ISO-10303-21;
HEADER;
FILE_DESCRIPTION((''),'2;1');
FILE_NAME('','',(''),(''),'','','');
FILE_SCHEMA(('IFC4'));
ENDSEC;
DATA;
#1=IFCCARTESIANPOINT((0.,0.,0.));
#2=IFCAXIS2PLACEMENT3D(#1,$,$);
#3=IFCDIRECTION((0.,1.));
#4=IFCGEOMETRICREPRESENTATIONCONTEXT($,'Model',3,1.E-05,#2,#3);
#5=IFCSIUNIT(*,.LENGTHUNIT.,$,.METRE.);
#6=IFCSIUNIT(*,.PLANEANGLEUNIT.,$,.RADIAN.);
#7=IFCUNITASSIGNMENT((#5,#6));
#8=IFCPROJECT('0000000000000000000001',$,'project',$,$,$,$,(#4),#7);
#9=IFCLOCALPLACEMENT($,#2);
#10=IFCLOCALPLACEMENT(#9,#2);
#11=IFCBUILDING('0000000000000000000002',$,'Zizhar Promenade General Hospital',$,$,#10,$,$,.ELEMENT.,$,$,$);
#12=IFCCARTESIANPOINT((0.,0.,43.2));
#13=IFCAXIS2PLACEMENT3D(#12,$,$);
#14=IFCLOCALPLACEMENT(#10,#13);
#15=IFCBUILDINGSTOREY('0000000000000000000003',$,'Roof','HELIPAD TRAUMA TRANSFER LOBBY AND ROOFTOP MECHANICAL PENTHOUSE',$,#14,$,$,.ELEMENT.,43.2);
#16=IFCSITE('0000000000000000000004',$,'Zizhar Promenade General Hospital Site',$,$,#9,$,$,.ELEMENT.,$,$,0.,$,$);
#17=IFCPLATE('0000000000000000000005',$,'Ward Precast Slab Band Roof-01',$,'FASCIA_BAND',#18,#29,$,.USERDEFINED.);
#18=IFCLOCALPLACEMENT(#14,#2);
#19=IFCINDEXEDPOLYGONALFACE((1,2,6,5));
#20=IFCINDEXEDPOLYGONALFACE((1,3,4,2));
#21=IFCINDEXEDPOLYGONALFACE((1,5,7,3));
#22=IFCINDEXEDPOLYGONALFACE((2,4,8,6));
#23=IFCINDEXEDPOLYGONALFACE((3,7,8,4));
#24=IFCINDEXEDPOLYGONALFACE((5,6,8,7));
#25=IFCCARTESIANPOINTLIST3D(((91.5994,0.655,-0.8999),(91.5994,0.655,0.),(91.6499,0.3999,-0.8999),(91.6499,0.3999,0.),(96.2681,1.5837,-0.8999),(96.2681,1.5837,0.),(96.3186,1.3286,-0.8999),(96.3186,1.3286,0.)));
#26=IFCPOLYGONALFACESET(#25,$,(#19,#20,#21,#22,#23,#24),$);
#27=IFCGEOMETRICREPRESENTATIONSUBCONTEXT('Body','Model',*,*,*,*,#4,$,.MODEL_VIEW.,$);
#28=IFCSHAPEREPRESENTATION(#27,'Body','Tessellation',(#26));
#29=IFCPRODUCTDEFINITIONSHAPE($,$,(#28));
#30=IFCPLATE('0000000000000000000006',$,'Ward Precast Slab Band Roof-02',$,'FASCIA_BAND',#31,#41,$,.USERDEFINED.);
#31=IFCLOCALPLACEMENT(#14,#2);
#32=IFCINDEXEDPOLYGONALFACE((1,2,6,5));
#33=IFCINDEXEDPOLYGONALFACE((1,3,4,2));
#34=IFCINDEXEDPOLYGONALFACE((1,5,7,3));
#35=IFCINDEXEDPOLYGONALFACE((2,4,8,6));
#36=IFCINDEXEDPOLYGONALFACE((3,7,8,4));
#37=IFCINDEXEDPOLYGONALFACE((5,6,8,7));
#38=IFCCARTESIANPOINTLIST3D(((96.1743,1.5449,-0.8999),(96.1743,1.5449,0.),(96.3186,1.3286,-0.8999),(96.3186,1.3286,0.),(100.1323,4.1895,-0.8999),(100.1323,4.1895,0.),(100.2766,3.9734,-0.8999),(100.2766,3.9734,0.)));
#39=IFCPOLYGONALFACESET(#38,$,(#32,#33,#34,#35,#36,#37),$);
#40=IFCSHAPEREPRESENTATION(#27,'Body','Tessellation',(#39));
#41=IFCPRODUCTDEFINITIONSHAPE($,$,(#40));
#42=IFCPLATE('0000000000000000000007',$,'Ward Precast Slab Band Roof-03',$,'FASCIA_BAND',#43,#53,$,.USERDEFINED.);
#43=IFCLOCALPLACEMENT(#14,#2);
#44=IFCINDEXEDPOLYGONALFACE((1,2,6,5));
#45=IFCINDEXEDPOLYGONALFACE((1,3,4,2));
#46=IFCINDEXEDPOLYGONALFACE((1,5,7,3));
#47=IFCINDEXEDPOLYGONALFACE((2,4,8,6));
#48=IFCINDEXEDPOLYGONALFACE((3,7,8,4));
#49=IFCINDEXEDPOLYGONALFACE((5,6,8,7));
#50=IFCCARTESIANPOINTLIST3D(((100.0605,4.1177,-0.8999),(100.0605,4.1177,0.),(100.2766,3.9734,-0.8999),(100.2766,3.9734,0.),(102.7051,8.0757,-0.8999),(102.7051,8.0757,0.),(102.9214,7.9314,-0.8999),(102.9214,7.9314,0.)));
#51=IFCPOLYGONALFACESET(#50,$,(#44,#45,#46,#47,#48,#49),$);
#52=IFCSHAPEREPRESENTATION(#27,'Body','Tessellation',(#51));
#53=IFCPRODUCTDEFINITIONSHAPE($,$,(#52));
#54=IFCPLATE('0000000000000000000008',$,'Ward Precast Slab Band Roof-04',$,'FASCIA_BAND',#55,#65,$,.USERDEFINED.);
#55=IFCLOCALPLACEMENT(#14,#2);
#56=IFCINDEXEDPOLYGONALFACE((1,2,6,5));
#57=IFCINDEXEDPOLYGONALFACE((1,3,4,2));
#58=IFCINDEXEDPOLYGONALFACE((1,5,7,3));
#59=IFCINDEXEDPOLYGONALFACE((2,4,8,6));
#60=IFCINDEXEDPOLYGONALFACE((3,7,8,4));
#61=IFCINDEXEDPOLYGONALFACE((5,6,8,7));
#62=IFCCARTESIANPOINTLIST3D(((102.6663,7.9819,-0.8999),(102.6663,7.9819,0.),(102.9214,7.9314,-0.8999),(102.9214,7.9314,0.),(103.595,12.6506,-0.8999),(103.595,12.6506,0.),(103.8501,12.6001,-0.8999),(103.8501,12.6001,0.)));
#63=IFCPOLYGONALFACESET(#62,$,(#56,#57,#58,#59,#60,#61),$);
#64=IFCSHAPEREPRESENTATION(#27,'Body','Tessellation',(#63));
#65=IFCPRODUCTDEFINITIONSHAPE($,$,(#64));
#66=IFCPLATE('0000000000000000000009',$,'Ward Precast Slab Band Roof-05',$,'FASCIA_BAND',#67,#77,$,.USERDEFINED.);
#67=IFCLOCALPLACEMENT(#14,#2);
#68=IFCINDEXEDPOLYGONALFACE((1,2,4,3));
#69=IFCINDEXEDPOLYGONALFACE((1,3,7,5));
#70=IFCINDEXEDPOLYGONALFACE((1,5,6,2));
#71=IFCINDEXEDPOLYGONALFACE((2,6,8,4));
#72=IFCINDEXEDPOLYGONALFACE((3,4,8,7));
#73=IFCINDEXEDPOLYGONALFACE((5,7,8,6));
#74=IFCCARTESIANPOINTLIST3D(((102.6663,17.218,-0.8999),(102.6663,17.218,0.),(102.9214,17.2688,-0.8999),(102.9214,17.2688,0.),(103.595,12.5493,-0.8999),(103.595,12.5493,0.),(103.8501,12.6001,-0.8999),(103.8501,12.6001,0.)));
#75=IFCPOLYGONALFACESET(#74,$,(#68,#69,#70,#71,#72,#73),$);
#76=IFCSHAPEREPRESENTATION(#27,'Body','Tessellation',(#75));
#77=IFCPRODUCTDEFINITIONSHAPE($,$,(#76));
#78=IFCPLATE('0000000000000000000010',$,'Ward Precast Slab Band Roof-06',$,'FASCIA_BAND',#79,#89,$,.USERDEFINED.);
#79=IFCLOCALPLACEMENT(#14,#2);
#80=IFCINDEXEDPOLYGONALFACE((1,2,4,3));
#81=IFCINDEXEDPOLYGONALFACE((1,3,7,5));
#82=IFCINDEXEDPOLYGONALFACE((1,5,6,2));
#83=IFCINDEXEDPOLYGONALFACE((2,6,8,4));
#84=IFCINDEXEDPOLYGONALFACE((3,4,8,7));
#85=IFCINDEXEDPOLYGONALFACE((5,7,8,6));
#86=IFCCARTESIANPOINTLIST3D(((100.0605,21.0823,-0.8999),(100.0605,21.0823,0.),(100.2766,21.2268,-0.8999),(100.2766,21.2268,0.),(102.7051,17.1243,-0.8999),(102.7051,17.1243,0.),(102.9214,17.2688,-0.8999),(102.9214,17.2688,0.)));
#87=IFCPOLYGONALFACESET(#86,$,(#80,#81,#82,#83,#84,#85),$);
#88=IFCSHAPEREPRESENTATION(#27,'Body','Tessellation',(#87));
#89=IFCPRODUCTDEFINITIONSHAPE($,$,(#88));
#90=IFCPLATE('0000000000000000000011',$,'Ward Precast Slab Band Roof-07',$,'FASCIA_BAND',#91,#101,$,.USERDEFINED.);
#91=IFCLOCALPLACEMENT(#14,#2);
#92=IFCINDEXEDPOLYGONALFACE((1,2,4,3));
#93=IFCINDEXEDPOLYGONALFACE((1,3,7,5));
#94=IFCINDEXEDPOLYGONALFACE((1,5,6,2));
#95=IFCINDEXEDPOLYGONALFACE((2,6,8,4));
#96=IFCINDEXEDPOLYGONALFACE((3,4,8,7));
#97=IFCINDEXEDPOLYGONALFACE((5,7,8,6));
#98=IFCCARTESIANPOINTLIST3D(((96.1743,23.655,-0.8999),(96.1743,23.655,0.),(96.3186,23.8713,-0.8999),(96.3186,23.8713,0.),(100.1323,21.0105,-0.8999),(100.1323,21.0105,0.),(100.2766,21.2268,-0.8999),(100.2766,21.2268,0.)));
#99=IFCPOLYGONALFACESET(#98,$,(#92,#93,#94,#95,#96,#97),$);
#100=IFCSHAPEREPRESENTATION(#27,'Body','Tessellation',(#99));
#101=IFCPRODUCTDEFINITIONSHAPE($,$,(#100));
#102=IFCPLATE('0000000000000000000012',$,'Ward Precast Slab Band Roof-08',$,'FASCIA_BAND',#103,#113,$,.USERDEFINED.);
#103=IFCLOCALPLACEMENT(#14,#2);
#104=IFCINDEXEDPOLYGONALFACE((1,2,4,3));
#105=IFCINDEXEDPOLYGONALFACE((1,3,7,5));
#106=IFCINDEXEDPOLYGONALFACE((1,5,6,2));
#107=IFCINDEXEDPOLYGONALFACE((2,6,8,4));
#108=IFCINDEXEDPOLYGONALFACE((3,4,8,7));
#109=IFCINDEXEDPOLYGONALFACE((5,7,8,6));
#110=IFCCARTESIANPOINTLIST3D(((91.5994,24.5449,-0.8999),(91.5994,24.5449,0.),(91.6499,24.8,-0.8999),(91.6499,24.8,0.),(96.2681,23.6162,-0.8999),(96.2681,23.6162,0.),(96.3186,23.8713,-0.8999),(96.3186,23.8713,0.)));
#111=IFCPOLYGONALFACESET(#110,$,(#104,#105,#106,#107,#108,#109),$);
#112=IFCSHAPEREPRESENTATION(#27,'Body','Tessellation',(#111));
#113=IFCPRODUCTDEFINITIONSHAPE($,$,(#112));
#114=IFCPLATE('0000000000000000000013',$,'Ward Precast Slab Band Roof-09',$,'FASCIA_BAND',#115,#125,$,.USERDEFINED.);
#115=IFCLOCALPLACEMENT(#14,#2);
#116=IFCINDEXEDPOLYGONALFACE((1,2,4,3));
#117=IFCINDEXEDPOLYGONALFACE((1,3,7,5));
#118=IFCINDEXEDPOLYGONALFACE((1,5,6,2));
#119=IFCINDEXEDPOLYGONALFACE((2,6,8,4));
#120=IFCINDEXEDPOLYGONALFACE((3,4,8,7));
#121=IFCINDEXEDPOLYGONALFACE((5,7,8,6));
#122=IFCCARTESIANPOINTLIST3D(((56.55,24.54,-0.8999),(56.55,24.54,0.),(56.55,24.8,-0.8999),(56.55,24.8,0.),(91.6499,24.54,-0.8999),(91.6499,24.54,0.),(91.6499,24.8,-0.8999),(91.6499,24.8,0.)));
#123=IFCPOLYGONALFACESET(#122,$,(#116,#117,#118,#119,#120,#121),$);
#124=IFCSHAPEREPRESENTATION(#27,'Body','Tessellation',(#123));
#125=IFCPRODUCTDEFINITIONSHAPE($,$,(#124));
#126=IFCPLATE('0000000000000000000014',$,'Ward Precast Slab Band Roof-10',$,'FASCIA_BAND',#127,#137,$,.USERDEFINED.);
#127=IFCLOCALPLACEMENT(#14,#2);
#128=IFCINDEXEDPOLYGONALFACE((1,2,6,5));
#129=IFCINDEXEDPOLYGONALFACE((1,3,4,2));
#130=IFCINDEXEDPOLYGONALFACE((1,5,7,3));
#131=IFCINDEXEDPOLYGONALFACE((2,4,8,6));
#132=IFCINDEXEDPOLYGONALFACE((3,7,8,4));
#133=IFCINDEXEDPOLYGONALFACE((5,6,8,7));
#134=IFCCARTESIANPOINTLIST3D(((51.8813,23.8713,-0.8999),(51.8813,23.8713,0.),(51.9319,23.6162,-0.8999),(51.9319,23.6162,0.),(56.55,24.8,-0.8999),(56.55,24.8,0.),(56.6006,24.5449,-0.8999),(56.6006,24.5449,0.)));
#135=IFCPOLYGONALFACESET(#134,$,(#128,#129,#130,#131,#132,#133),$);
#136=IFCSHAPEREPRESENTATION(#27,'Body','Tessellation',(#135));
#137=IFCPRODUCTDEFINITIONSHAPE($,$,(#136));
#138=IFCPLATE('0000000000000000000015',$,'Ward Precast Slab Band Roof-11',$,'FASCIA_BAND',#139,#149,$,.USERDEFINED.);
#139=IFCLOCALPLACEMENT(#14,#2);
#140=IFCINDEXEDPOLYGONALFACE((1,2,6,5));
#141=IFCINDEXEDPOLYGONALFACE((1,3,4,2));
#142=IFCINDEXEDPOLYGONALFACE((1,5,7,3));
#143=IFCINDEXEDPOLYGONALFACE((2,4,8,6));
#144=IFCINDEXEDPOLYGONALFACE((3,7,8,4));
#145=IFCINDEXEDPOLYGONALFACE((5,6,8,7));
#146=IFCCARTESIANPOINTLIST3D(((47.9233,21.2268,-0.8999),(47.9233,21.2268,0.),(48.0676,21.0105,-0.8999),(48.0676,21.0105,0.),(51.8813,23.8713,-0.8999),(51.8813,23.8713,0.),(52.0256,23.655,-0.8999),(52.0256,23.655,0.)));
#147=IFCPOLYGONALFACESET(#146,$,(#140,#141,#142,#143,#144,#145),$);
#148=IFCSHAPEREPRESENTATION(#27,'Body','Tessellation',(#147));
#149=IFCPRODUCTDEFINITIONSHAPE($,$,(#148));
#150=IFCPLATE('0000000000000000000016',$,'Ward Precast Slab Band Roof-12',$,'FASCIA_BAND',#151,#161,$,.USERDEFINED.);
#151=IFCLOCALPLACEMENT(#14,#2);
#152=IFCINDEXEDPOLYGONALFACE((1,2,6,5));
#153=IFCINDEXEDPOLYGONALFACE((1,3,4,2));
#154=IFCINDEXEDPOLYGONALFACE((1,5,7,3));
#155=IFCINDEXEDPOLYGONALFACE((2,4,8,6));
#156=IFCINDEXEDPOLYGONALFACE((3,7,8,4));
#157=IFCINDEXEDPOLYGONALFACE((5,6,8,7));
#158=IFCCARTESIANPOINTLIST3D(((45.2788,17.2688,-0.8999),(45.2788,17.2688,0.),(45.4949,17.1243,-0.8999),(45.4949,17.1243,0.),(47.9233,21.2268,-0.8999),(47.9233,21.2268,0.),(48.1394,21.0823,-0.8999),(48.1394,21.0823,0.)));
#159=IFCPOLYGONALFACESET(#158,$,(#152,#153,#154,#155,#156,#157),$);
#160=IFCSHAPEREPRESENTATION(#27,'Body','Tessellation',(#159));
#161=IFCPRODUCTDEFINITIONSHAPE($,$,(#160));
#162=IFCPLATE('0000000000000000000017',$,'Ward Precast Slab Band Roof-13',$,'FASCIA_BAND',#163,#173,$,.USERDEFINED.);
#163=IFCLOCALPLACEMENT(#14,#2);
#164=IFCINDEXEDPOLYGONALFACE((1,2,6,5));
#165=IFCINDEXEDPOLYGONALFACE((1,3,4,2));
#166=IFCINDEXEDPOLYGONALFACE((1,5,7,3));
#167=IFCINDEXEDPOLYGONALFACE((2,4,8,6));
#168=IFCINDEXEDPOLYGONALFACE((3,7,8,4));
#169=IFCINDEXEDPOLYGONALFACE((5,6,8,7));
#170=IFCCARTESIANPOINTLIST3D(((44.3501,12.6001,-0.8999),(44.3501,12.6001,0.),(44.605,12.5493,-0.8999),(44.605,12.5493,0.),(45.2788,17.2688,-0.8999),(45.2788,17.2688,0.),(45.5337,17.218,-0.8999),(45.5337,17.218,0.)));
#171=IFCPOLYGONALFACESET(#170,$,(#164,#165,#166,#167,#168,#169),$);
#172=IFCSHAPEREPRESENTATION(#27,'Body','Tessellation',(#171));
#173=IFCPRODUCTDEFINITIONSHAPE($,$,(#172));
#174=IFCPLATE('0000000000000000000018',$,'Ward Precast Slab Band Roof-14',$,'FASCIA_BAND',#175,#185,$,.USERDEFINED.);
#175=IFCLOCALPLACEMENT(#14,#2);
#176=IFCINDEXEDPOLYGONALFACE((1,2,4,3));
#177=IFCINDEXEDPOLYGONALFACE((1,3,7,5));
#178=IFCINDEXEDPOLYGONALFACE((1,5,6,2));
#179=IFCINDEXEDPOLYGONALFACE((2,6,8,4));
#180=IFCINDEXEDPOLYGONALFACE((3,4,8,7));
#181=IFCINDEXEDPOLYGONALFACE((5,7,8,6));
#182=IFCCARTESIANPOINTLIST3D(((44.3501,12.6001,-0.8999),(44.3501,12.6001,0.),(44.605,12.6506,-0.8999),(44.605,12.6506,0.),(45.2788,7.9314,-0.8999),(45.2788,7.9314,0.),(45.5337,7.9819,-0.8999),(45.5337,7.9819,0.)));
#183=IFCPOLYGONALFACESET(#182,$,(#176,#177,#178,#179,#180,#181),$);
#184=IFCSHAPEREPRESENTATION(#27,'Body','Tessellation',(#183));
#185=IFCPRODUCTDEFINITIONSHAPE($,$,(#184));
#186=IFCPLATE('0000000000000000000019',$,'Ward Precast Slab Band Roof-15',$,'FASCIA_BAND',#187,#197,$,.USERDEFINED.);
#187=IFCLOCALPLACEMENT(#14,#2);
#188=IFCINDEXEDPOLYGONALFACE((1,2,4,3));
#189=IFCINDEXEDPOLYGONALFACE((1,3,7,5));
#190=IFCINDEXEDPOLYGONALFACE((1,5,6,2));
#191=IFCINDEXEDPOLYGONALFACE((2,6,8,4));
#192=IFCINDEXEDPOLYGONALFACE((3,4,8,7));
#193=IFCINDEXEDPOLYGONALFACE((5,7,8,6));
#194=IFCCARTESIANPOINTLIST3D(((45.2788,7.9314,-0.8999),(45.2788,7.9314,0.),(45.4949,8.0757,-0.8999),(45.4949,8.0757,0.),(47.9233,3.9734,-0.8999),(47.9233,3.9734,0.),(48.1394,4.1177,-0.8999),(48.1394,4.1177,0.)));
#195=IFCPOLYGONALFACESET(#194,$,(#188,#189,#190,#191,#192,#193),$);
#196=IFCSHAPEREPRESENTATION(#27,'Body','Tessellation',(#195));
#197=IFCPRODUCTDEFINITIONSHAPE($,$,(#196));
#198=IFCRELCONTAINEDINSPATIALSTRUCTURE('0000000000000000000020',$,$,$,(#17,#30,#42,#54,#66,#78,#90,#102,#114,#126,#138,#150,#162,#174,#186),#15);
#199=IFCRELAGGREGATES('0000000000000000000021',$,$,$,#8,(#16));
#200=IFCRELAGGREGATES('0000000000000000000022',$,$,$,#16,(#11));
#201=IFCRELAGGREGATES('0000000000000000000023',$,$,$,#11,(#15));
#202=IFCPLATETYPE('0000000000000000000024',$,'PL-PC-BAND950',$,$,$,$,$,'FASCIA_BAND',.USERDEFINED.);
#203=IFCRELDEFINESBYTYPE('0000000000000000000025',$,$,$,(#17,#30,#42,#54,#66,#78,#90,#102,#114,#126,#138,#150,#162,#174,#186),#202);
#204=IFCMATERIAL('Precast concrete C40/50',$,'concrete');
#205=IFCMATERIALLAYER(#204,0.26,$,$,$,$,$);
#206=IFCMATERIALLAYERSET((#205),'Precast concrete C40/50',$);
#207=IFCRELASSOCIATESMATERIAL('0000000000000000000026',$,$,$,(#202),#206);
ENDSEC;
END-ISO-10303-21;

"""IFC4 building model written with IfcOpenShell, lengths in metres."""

from ifc_helpers import new_model, si_unit, direction, frame, origin, place, context, subcontext, project, spatial, polyline, outline, extrude, material, layer, layer_set, type_object, element, save


model = new_model("IFC4")

# Units and contexts
model_context = context("Model", 3, precision=1e-05, world=origin(), true_north=direction((0.0, 1.0)))
body_context = subcontext(model_context, "Body", "Model", "MODEL_VIEW")
ifc_project = project(units=[si_unit("LENGTHUNIT", "METRE"), si_unit("PLANEANGLEUNIT", "RADIAN")], contexts=[model_context])

# Site, building, storey
site_placement = place(None, origin())
site = spatial("IfcSite", under=ifc_project, at=site_placement, Name="Zizhar Promenade General Hospital Site", CompositionType="ELEMENT", RefElevation=0.0)
building_placement = place(site_placement, origin())
building = spatial("IfcBuilding", under=site, at=building_placement, Name="Zizhar Promenade General Hospital", CompositionType="ELEMENT")
storey_placement = place(building_placement, frame((0.0, 0.0, 43.2)))
storey = spatial("IfcBuildingStorey", under=building, at=storey_placement, Name="Roof", Description="HELIPAD TRAUMA TRANSFER LOBBY AND ROOFTOP MECHANICAL PENTHOUSE", CompositionType="ELEMENT", Elevation=43.2)

# Plates
ifc_material = material(Name="Precast concrete C40/50", Category="concrete")
ifc_layer = layer(ifc_material, 0.26)
ifc_layer_set = layer_set([ifc_layer], Name="Precast concrete C40/50")
plate_type = type_object("IfcPlateType", Name="PL-PC-BAND950", ElementType="FASCIA_BAND", PredefinedType="USERDEFINED", material=ifc_layer_set)
plate_1_placement = place(storey_placement, frame((0.0, 0.0, -0.8999)))
element("IfcPlate", 1, at=plate_1_placement, inside=storey, type_object=plate_type, Name="Ward Precast Slab Band Roof-01", ObjectType="FASCIA_BAND", PredefinedType="USERDEFINED", context=body_context, shape_type="SweptSolid", body=[
    extrude(outline(polyline([(91.6499, 0.3999), (96.3186, 1.3286), (96.2681, 1.5837), (91.5994, 0.655), (91.6499, 0.3999)])), origin(), (0.0, 0.0, 1.0), 0.8999),
])
plate_2_placement = place(storey_placement, frame((0.0, 0.0, -0.8999)))
element("IfcPlate", 2, at=plate_2_placement, inside=storey, type_object=plate_type, Name="Ward Precast Slab Band Roof-02", ObjectType="FASCIA_BAND", PredefinedType="USERDEFINED", context=body_context, shape_type="SweptSolid", body=[
    extrude(outline(polyline([(96.3186, 1.3286), (100.2766, 3.9734), (100.1323, 4.1895), (96.1743, 1.5449), (96.3186, 1.3286)])), origin(), (0.0, 0.0, 1.0), 0.8999),
])
plate_3_placement = place(storey_placement, frame((0.0, 0.0, -0.8999)))
element("IfcPlate", 3, at=plate_3_placement, inside=storey, type_object=plate_type, Name="Ward Precast Slab Band Roof-03", ObjectType="FASCIA_BAND", PredefinedType="USERDEFINED", context=body_context, shape_type="SweptSolid", body=[
    extrude(outline(polyline([(100.2766, 3.9734), (102.9214, 7.9314), (102.7051, 8.0757), (100.0605, 4.1177), (100.2766, 3.9734)])), origin(), (0.0, 0.0, 1.0), 0.8999),
])
plate_4_placement = place(storey_placement, frame((0.0, 0.0, -0.8999)))
element("IfcPlate", 4, at=plate_4_placement, inside=storey, type_object=plate_type, Name="Ward Precast Slab Band Roof-04", ObjectType="FASCIA_BAND", PredefinedType="USERDEFINED", context=body_context, shape_type="SweptSolid", body=[
    extrude(outline(polyline([(102.9214, 7.9314), (103.8501, 12.6001), (103.595, 12.6506), (102.6663, 7.9819), (102.9214, 7.9314)])), origin(), (0.0, 0.0, 1.0), 0.8999),
])
plate_5_placement = place(storey_placement, frame((0.0, 0.0, -0.8999)))
element("IfcPlate", 5, at=plate_5_placement, inside=storey, type_object=plate_type, Name="Ward Precast Slab Band Roof-05", ObjectType="FASCIA_BAND", PredefinedType="USERDEFINED", context=body_context, shape_type="SweptSolid", body=[
    extrude(outline(polyline([(103.8501, 12.6001), (102.9214, 17.2688), (102.6663, 17.218), (103.595, 12.5493), (103.8501, 12.6001)])), origin(), (0.0, 0.0, 1.0), 0.8999),
])
plate_6_placement = place(storey_placement, frame((0.0, 0.0, -0.8999)))
element("IfcPlate", 6, at=plate_6_placement, inside=storey, type_object=plate_type, Name="Ward Precast Slab Band Roof-06", ObjectType="FASCIA_BAND", PredefinedType="USERDEFINED", context=body_context, shape_type="SweptSolid", body=[
    extrude(outline(polyline([(102.9214, 17.2688), (100.2766, 21.2268), (100.0605, 21.0823), (102.7051, 17.1243), (102.9214, 17.2688)])), origin(), (0.0, 0.0, 1.0), 0.8999),
])
plate_7_placement = place(storey_placement, frame((0.0, 0.0, -0.8999)))
element("IfcPlate", 7, at=plate_7_placement, inside=storey, type_object=plate_type, Name="Ward Precast Slab Band Roof-07", ObjectType="FASCIA_BAND", PredefinedType="USERDEFINED", context=body_context, shape_type="SweptSolid", body=[
    extrude(outline(polyline([(100.2766, 21.2268), (96.3186, 23.8713), (96.1743, 23.655), (100.1323, 21.0105), (100.2766, 21.2268)])), origin(), (0.0, 0.0, 1.0), 0.8999),
])
plate_8_placement = place(storey_placement, frame((0.0, 0.0, -0.8999)))
element("IfcPlate", 8, at=plate_8_placement, inside=storey, type_object=plate_type, Name="Ward Precast Slab Band Roof-08", ObjectType="FASCIA_BAND", PredefinedType="USERDEFINED", context=body_context, shape_type="SweptSolid", body=[
    extrude(outline(polyline([(96.3186, 23.8713), (91.6499, 24.8), (91.5994, 24.5449), (96.2681, 23.6162), (96.3186, 23.8713)])), origin(), (0.0, 0.0, 1.0), 0.8999),
])
plate_9_placement = place(storey_placement, frame((0.0, 0.0, -0.8999)))
element("IfcPlate", 9, at=plate_9_placement, inside=storey, type_object=plate_type, Name="Ward Precast Slab Band Roof-09", ObjectType="FASCIA_BAND", PredefinedType="USERDEFINED", context=body_context, shape_type="SweptSolid", body=[
    extrude(outline(polyline([(91.6499, 24.8), (56.55, 24.8), (56.55, 24.54), (91.6499, 24.54), (91.6499, 24.8)])), origin(), (0.0, 0.0, 1.0), 0.8999),
])
plate_10_placement = place(storey_placement, frame((0.0, 0.0, -0.8999)))
element("IfcPlate", 10, at=plate_10_placement, inside=storey, type_object=plate_type, Name="Ward Precast Slab Band Roof-10", ObjectType="FASCIA_BAND", PredefinedType="USERDEFINED", context=body_context, shape_type="SweptSolid", body=[
    extrude(outline(polyline([(56.55, 24.8), (51.8813, 23.8713), (51.9319, 23.6162), (56.6006, 24.5449), (56.55, 24.8)])), origin(), (0.0, 0.0, 1.0), 0.8999),
])
plate_11_placement = place(storey_placement, frame((0.0, 0.0, -0.8999)))
element("IfcPlate", 11, at=plate_11_placement, inside=storey, type_object=plate_type, Name="Ward Precast Slab Band Roof-11", ObjectType="FASCIA_BAND", PredefinedType="USERDEFINED", context=body_context, shape_type="SweptSolid", body=[
    extrude(outline(polyline([(51.8813, 23.8713), (47.9233, 21.2268), (48.0676, 21.0105), (52.0256, 23.655), (51.8813, 23.8713)])), origin(), (0.0, 0.0, 1.0), 0.8999),
])
plate_12_placement = place(storey_placement, frame((0.0, 0.0, -0.8999)))
element("IfcPlate", 12, at=plate_12_placement, inside=storey, type_object=plate_type, Name="Ward Precast Slab Band Roof-12", ObjectType="FASCIA_BAND", PredefinedType="USERDEFINED", context=body_context, shape_type="SweptSolid", body=[
    extrude(outline(polyline([(47.9233, 21.2268), (45.2788, 17.2688), (45.4949, 17.1243), (48.1394, 21.0823), (47.9233, 21.2268)])), origin(), (0.0, 0.0, 1.0), 0.8999),
])
plate_13_placement = place(storey_placement, frame((0.0, 0.0, -0.8999)))
element("IfcPlate", 13, at=plate_13_placement, inside=storey, type_object=plate_type, Name="Ward Precast Slab Band Roof-13", ObjectType="FASCIA_BAND", PredefinedType="USERDEFINED", context=body_context, shape_type="SweptSolid", body=[
    extrude(outline(polyline([(45.2788, 17.2688), (44.3501, 12.6001), (44.605, 12.5493), (45.5337, 17.218), (45.2788, 17.2688)])), origin(), (0.0, 0.0, 1.0), 0.8999),
])
plate_14_placement = place(storey_placement, frame((0.0, 0.0, -0.8999)))
element("IfcPlate", 14, at=plate_14_placement, inside=storey, type_object=plate_type, Name="Ward Precast Slab Band Roof-14", ObjectType="FASCIA_BAND", PredefinedType="USERDEFINED", context=body_context, shape_type="SweptSolid", body=[
    extrude(outline(polyline([(44.3501, 12.6001), (45.2788, 7.9314), (45.5337, 7.9819), (44.605, 12.6506), (44.3501, 12.6001)])), origin(), (0.0, 0.0, 1.0), 0.8999),
])
plate_15_placement = place(storey_placement, frame((0.0, 0.0, -0.8999)))
element("IfcPlate", 15, at=plate_15_placement, inside=storey, type_object=plate_type, Name="Ward Precast Slab Band Roof-15", ObjectType="FASCIA_BAND", PredefinedType="USERDEFINED", context=body_context, shape_type="SweptSolid", body=[
    extrude(outline(polyline([(45.2788, 7.9314), (47.9233, 3.9734), (48.1394, 4.1177), (45.4949, 8.0757), (45.2788, 7.9314)])), origin(), (0.0, 0.0, 1.0), 0.8999),
])

save(model, "model.ifc")
